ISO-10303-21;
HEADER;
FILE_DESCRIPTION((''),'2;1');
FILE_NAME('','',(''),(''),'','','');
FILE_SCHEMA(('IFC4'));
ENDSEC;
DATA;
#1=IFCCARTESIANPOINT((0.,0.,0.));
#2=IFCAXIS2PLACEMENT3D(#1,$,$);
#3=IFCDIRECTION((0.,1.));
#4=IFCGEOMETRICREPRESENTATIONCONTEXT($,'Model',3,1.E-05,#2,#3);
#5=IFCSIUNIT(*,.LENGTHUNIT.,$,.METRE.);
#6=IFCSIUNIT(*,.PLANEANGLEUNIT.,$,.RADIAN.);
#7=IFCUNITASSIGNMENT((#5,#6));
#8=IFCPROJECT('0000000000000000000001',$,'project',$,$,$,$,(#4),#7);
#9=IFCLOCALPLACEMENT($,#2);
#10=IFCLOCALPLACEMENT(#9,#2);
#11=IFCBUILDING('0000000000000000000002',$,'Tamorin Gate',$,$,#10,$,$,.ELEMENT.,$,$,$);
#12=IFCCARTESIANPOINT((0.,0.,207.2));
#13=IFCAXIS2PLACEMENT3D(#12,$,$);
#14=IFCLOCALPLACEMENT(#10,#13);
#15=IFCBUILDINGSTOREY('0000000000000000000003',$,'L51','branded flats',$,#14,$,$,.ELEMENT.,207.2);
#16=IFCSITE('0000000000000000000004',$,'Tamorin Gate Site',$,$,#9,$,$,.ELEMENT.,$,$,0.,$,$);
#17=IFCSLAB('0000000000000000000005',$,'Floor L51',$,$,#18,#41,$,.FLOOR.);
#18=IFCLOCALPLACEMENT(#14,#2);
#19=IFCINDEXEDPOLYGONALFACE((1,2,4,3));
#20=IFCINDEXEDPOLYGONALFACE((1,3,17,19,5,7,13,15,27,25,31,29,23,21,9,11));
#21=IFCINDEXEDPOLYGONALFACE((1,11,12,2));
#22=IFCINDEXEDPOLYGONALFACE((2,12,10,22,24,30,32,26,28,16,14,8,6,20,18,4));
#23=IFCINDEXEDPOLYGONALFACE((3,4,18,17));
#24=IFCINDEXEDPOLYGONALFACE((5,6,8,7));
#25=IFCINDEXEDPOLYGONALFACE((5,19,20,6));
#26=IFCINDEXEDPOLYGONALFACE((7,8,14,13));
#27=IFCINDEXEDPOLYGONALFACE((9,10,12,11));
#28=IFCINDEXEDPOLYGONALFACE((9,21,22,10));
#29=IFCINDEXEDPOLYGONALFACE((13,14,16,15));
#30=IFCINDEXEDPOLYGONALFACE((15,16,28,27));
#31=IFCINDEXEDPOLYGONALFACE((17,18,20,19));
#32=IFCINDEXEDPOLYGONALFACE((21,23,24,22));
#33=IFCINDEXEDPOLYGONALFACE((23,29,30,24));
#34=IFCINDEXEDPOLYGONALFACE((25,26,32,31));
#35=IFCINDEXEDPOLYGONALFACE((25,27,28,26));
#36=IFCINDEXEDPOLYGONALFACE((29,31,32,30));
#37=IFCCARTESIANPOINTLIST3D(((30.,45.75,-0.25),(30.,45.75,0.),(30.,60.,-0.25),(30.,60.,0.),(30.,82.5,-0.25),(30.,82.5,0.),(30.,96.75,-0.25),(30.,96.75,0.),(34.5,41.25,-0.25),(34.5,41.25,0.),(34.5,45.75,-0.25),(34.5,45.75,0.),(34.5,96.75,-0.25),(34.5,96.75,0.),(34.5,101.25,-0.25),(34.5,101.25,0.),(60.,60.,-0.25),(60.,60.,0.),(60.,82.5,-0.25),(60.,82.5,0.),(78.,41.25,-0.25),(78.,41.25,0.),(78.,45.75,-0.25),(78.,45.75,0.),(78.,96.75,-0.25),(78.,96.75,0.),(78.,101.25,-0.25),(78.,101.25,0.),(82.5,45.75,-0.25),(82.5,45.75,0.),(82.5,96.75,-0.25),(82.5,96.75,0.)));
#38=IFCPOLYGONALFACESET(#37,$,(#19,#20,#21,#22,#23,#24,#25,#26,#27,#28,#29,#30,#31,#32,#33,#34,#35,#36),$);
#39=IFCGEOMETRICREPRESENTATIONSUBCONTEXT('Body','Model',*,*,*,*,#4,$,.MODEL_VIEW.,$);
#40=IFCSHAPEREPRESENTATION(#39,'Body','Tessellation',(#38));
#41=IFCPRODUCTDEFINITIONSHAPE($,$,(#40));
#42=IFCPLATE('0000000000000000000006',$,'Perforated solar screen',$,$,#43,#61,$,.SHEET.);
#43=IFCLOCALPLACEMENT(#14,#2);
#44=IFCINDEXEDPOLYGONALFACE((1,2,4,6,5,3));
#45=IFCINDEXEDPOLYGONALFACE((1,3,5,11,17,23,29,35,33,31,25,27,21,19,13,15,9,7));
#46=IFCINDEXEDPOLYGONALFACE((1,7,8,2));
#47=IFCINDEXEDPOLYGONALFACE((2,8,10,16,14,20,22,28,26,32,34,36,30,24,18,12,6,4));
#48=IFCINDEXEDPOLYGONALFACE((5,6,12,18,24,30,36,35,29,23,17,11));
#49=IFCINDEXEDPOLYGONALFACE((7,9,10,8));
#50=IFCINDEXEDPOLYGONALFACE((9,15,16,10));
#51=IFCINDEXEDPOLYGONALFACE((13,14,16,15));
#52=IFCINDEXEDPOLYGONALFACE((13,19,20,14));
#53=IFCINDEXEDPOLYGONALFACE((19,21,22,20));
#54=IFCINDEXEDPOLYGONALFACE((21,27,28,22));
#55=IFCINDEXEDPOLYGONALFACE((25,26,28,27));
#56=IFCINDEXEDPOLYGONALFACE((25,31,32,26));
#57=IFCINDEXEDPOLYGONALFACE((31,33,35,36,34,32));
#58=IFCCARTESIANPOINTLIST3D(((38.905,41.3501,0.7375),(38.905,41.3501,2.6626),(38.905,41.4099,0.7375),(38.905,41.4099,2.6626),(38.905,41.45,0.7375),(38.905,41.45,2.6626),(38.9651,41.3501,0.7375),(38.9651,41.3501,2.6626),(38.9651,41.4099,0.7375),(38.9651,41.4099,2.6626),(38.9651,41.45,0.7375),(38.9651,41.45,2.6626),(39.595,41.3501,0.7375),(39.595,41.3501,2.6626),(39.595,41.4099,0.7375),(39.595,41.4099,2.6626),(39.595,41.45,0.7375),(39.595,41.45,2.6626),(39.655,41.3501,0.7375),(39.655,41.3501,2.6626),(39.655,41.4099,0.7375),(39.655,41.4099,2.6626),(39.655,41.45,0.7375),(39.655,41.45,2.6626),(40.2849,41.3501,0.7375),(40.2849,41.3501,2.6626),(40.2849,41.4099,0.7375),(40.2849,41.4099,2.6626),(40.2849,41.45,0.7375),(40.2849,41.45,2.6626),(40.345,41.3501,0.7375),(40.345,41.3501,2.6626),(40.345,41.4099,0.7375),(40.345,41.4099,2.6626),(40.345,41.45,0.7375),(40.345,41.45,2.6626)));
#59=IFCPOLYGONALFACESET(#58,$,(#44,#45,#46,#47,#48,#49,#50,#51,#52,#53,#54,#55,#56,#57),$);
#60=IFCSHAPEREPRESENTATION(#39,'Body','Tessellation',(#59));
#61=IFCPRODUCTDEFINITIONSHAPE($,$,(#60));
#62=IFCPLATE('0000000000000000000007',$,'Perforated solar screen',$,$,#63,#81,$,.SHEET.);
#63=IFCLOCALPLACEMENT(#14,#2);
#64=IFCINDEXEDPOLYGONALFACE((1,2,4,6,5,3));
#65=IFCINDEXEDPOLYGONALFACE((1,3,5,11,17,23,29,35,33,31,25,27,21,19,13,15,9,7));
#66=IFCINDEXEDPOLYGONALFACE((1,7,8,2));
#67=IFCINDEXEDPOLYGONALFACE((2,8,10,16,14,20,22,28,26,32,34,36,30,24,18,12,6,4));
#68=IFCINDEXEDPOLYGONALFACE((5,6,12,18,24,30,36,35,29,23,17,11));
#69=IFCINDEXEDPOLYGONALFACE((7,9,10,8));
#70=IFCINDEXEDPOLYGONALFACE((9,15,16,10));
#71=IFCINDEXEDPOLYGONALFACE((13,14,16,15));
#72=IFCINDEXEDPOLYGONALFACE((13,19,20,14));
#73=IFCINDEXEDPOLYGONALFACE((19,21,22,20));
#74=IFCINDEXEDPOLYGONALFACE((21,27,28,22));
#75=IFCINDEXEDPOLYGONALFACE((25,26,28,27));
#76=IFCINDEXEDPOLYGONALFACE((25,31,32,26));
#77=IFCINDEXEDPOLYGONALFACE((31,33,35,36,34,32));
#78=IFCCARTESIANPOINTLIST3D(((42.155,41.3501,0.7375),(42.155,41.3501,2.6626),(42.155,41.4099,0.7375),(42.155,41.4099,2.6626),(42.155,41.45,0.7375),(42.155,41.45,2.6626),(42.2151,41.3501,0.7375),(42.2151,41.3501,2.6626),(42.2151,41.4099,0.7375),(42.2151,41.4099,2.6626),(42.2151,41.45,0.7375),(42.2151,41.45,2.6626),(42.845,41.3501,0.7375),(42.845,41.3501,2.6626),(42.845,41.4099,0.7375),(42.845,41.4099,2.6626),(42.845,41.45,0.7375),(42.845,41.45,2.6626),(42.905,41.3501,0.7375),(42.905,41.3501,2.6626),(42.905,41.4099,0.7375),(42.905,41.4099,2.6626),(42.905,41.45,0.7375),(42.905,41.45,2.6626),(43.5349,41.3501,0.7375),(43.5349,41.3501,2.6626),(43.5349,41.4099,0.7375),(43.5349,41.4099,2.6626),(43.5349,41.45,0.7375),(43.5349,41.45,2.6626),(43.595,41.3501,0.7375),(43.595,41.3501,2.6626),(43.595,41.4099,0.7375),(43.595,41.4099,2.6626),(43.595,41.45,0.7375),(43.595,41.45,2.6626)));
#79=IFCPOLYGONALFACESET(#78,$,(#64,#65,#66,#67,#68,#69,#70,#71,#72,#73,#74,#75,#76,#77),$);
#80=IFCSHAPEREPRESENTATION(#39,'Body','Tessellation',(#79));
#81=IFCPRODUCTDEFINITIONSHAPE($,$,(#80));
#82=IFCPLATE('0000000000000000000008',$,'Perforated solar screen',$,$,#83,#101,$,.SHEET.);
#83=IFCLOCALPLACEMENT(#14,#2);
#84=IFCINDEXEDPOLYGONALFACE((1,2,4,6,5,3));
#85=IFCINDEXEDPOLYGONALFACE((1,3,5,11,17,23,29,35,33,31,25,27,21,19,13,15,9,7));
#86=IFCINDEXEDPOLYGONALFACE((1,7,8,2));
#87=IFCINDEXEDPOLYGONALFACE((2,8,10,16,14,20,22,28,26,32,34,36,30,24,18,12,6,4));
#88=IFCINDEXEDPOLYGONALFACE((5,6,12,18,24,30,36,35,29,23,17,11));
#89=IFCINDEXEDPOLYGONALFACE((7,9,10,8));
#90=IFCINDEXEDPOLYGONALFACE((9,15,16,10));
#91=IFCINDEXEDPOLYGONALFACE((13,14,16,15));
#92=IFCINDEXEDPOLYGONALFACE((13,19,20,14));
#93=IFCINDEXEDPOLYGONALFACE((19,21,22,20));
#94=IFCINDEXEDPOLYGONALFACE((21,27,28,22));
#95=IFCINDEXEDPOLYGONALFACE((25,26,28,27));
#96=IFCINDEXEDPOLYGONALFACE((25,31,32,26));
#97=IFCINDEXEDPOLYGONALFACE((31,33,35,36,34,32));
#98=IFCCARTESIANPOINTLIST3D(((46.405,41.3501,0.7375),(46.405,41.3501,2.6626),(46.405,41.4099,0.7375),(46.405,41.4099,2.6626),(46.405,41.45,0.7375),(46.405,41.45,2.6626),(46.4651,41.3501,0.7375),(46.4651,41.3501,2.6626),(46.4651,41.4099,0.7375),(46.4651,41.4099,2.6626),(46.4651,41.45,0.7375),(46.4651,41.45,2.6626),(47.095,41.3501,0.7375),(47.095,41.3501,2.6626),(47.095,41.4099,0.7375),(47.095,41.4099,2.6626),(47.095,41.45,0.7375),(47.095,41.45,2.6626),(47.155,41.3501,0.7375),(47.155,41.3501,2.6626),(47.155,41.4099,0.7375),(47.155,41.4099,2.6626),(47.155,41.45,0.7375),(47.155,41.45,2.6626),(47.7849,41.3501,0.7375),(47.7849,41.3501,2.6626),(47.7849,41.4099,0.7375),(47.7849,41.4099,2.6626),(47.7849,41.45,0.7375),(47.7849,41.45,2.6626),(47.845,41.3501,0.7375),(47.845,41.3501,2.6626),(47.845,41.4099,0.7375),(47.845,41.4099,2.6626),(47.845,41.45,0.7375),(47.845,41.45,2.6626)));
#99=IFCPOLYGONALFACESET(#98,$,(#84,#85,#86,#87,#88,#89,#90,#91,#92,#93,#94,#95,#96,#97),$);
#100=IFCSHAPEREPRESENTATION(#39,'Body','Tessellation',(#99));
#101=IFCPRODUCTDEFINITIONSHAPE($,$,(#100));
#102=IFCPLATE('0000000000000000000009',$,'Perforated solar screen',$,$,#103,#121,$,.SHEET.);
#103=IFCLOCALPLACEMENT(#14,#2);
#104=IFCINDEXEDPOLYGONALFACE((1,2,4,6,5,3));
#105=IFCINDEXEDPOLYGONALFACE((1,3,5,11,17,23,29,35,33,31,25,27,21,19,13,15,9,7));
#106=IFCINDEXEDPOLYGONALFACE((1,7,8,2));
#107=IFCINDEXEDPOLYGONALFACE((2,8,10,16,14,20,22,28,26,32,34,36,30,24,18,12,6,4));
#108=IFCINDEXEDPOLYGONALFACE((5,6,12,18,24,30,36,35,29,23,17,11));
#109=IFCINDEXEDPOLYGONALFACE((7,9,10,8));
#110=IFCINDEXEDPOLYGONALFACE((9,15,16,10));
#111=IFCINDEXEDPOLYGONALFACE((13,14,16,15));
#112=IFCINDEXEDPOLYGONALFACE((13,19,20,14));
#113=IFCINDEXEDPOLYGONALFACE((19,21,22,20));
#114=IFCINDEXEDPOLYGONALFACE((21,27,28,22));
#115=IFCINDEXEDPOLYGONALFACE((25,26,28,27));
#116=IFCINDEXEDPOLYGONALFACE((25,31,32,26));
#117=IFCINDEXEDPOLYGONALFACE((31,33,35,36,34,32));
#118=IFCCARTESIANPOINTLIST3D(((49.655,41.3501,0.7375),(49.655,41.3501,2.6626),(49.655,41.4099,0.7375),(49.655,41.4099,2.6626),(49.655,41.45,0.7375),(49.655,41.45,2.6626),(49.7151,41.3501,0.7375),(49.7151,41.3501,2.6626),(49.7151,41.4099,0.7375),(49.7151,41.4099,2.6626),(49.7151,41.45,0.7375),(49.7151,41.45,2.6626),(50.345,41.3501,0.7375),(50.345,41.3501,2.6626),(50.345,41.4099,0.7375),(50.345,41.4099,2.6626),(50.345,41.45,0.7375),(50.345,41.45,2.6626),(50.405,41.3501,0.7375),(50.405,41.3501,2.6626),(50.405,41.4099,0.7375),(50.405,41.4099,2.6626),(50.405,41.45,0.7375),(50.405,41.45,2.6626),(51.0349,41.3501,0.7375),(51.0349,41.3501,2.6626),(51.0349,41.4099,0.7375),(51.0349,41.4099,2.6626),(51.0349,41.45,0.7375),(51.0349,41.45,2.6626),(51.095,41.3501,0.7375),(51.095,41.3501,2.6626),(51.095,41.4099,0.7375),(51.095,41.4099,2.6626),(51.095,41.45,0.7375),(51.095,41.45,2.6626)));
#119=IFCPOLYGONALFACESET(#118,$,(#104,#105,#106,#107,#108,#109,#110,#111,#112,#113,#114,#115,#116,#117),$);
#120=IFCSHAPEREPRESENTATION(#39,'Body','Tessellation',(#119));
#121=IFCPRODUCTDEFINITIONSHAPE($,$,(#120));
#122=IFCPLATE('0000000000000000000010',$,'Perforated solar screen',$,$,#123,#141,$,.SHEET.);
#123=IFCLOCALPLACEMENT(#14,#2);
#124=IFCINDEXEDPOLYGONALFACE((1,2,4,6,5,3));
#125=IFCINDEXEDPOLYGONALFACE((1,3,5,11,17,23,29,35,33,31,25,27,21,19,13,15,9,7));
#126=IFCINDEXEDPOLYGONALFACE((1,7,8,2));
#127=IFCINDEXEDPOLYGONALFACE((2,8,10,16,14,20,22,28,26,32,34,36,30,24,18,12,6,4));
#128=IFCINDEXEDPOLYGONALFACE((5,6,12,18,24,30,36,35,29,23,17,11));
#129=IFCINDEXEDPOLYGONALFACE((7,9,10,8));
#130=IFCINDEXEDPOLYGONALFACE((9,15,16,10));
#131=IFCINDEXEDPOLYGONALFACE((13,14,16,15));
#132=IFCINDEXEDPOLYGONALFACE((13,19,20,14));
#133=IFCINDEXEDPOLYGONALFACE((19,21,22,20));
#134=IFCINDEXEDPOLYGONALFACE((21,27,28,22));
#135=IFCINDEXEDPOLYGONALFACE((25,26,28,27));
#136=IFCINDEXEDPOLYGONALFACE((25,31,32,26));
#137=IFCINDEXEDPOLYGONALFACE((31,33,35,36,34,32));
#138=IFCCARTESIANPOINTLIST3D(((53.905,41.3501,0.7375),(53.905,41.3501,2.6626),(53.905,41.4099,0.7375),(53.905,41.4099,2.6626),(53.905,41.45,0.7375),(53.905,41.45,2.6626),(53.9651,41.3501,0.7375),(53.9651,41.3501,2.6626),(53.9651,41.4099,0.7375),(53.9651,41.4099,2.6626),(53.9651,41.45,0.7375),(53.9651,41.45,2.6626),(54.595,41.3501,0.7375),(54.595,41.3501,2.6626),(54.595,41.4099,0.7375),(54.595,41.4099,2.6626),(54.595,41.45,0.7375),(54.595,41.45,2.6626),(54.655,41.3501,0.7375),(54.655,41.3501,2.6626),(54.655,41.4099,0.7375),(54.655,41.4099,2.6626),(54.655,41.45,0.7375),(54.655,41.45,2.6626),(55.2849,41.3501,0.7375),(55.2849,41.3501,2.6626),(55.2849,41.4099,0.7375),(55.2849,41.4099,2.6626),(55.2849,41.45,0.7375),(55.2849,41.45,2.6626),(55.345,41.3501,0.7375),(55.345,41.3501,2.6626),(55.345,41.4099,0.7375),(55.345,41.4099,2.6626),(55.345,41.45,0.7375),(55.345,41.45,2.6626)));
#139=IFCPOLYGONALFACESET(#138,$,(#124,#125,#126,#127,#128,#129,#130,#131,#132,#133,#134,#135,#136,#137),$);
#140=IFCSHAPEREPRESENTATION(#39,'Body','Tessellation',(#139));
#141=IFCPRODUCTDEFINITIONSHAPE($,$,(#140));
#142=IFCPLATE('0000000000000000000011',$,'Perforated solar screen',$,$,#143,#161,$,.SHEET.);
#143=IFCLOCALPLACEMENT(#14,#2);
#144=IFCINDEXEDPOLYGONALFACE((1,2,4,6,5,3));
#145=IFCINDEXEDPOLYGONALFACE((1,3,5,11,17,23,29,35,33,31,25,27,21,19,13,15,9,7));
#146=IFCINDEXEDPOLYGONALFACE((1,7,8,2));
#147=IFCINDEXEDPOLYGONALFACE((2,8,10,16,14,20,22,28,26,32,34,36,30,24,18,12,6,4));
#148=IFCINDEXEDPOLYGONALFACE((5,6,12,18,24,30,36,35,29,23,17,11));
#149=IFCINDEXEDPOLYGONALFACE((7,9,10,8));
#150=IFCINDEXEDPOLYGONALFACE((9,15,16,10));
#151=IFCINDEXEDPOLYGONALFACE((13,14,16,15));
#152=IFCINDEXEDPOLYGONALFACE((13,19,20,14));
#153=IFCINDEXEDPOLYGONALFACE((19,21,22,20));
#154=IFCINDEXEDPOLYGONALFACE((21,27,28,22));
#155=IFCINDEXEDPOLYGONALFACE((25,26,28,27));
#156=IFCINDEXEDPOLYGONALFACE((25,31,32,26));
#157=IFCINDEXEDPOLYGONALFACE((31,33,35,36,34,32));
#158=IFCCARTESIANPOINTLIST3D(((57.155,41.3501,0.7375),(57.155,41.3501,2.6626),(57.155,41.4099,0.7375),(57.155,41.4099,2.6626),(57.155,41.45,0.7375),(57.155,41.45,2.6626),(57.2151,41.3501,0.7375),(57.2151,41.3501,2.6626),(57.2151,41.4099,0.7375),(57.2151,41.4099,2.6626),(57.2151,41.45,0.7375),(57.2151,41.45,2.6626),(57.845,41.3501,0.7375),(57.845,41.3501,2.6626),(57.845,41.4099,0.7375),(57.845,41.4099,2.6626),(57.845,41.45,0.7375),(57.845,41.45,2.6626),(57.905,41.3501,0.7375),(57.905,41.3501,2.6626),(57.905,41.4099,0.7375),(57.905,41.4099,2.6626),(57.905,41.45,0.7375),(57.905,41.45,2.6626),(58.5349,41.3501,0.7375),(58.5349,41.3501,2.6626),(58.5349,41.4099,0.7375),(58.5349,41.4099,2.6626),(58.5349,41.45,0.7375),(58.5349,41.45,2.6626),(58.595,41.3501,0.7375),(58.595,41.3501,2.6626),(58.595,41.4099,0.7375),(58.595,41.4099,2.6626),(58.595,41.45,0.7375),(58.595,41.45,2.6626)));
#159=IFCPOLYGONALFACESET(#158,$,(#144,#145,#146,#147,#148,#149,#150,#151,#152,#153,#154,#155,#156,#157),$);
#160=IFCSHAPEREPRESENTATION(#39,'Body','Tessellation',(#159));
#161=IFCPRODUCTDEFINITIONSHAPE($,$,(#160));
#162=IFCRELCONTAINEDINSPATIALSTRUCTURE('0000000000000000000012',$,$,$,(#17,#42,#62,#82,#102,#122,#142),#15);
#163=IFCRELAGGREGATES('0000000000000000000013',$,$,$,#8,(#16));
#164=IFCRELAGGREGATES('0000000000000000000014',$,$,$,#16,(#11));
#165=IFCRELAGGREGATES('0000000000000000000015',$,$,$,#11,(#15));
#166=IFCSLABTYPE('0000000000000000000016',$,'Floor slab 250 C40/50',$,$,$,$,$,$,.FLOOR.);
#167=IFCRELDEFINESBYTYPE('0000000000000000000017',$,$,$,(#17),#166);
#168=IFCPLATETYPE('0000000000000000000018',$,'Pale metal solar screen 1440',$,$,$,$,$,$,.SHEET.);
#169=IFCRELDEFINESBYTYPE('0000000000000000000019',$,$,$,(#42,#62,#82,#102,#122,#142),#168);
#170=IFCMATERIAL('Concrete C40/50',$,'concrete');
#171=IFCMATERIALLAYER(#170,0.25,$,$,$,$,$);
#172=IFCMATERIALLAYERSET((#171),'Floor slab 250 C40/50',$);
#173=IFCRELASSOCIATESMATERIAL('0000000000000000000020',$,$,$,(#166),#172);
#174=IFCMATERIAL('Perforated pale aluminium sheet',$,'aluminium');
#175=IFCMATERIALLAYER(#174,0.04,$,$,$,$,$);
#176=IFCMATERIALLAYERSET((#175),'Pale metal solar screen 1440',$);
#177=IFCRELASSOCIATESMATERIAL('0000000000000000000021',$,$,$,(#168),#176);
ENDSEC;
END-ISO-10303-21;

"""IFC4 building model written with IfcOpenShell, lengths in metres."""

from ifc_helpers import new_model, si_unit, direction, frame, origin, place, context, subcontext, project, spatial, polyline, outline, extrude, material, layer, layer_set, type_object, element, save


model = new_model("IFC4")

# Units and contexts
model_context = context("Model", 3, precision=1e-05, world=origin(), true_north=direction((0.0, 1.0)))
body_context = subcontext(model_context, "Body", "Model", "MODEL_VIEW")
ifc_project = project(units=[si_unit("LENGTHUNIT", "METRE"), si_unit("PLANEANGLEUNIT", "RADIAN")], contexts=[model_context])

# Site, building, storey
site_placement = place(None, origin())
site = spatial("IfcSite", under=ifc_project, at=site_placement, Name="Tamorin Gate Site", CompositionType="ELEMENT", RefElevation=0.0)
building_placement = place(site_placement, origin())
building = spatial("IfcBuilding", under=site, at=building_placement, Name="Tamorin Gate", CompositionType="ELEMENT")
storey_placement = place(building_placement, frame((0.0, 0.0, 207.2)))
storey = spatial("IfcBuildingStorey", under=building, at=storey_placement, Name="L51", Description="branded flats", CompositionType="ELEMENT", Elevation=207.2)

# Slab
ifc_material_1 = material(Name="Concrete C40/50", Category="concrete")
ifc_layer_1 = layer(ifc_material_1, 0.25)
ifc_layer_set_1 = layer_set([ifc_layer_1], Name="Floor slab 250 C40/50")
slab_type = type_object("IfcSlabType", Name="Floor slab 250 C40/50", PredefinedType="FLOOR", material=ifc_layer_set_1)
slab_placement = place(storey_placement, frame((0.0, 0.0, -0.25)))
element("IfcSlab", 1, at=slab_placement, inside=storey, type_object=slab_type, Name="Floor L51", PredefinedType="FLOOR", context=body_context, shape_type="SweptSolid", body=[
    extrude(outline(polyline([(30.0, 96.75), (34.5, 96.75), (34.5, 101.25), (78.0, 101.25), (78.0, 96.75), (82.5, 96.75), (82.5, 45.75), (78.0, 45.75), (78.0, 41.25), (34.5, 41.25), (34.5, 45.75), (30.0, 45.75), (30.0, 60.0), (60.0, 60.0), (60.0, 82.5), (30.0, 82.5), (30.0, 96.75)])), origin(), (0.0, 0.0, 1.0), 0.25),
])

# Plates
ifc_material_2 = material(Name="Perforated pale aluminium sheet", Category="aluminium")
ifc_layer_2 = layer(ifc_material_2, 0.04)
ifc_layer_set_2 = layer_set([ifc_layer_2], Name="Pale metal solar screen 1440")
plate_type_1 = type_object("IfcPlateType", Name="Pale metal solar screen 1440", PredefinedType="SHEET", material=ifc_layer_set_2)
plate_1_placement = place(storey_placement, frame((0.0, 0.0, 0.7375)))
element("IfcPlate", 2, at=plate_1_placement, inside=storey, type_object=plate_type_1, Name="Perforated solar screen", PredefinedType="SHEET", context=body_context, shape_type="SweptSolid", body=[
    extrude(outline(polyline([(38.905, 41.4099), (38.905, 41.45), (38.9651, 41.45), (39.595, 41.45), (39.655, 41.45), (40.2849, 41.45), (40.345, 41.45), (40.345, 41.45), (40.345, 41.4099), (40.345, 41.4099), (40.345, 41.3501), (40.2849, 41.3501), (40.2849, 41.4099), (39.655, 41.4099), (39.655, 41.3501), (39.595, 41.3501), (39.595, 41.4099), (38.9651, 41.4099), (38.9651, 41.3501), (38.905, 41.3501), (38.905, 41.4099)])), origin(), (0.0, 0.0, 1.0), 1.925),
])
plate_2_placement = place(storey_placement, frame((0.0, 0.0, 0.7375)))
element("IfcPlate", 3, at=plate_2_placement, inside=storey, type_object=plate_type_1, Name="Perforated solar screen", PredefinedType="SHEET", context=body_context, shape_type="SweptSolid", body=[
    extrude(outline(polyline([(42.155, 41.4099), (42.155, 41.45), (42.2151, 41.45), (42.845, 41.45), (42.905, 41.45), (43.5349, 41.45), (43.595, 41.45), (43.595, 41.4099), (43.595, 41.3501), (43.5349, 41.3501), (43.5349, 41.4099), (42.905, 41.4099), (42.905, 41.3501), (42.845, 41.3501), (42.845, 41.4099), (42.2151, 41.4099), (42.2151, 41.3501), (42.155, 41.3501), (42.155, 41.4099)])), origin(), (0.0, 0.0, 1.0), 1.925),
])
plate_3_placement = place(storey_placement, frame((0.0, 0.0, 0.7375)))
element("IfcPlate", 4, at=plate_3_placement, inside=storey, type_object=plate_type_1, Name="Perforated solar screen", PredefinedType="SHEET", context=body_context, shape_type="SweptSolid", body=[
    extrude(outline(polyline([(46.405, 41.4099), (46.405, 41.45), (46.4651, 41.45), (47.095, 41.45), (47.155, 41.45), (47.7849, 41.45), (47.845, 41.45), (47.845, 41.4099), (47.845, 41.3501), (47.7849, 41.3501), (47.7849, 41.4099), (47.155, 41.4099), (47.155, 41.3501), (47.095, 41.3501), (47.095, 41.4099), (46.4651, 41.4099), (46.4651, 41.3501), (46.405, 41.3501), (46.405, 41.4099)])), origin(), (0.0, 0.0, 1.0), 1.925),
])
plate_4_placement = place(storey_placement, frame((0.0, 0.0, 0.7375)))
element("IfcPlate", 5, at=plate_4_placement, inside=storey, type_object=plate_type_1, Name="Perforated solar screen", PredefinedType="SHEET", context=body_context, shape_type="SweptSolid", body=[
    extrude(outline(polyline([(49.655, 41.4099), (49.655, 41.45), (49.7151, 41.45), (50.345, 41.45), (50.405, 41.45), (51.0349, 41.45), (51.095, 41.45), (51.095, 41.4099), (51.095, 41.3501), (51.0349, 41.3501), (51.0349, 41.4099), (50.405, 41.4099), (50.405, 41.3501), (50.345, 41.3501), (50.345, 41.4099), (49.7151, 41.4099), (49.7151, 41.3501), (49.655, 41.3501), (49.655, 41.4099)])), origin(), (0.0, 0.0, 1.0), 1.925),
])
plate_5_placement = place(storey_placement, frame((0.0, 0.0, 0.7375)))
element("IfcPlate", 6, at=plate_5_placement, inside=storey, type_object=plate_type_1, Name="Perforated solar screen", PredefinedType="SHEET", context=body_context, shape_type="SweptSolid", body=[
    extrude(outline(polyline([(53.905, 41.4099), (53.905, 41.45), (53.9651, 41.45), (54.595, 41.45), (54.655, 41.45), (55.2849, 41.45), (55.345, 41.45), (55.345, 41.4099), (55.345, 41.3501), (55.2849, 41.3501), (55.2849, 41.4099), (54.655, 41.4099), (54.655, 41.3501), (54.595, 41.3501), (54.595, 41.4099), (53.9651, 41.4099), (53.9651, 41.3501), (53.905, 41.3501), (53.905, 41.4099)])), origin(), (0.0, 0.0, 1.0), 1.925),
])
plate_6_placement = place(storey_placement, frame((0.0, 0.0, 0.7375)))
element("IfcPlate", 7, at=plate_6_placement, inside=storey, type_object=plate_type_1, Name="Perforated solar screen", PredefinedType="SHEET", context=body_context, shape_type="SweptSolid", body=[
    extrude(outline(polyline([(57.155, 41.4099), (57.155, 41.45), (57.2151, 41.45), (57.845, 41.45), (57.905, 41.45), (58.5349, 41.45), (58.595, 41.45), (58.595, 41.4099), (58.595, 41.3501), (58.5349, 41.3501), (58.5349, 41.4099), (57.905, 41.4099), (57.905, 41.3501), (57.845, 41.3501), (57.845, 41.4099), (57.2151, 41.4099), (57.2151, 41.3501), (57.155, 41.3501), (57.155, 41.4099)])), origin(), (0.0, 0.0, 1.0), 1.925),
])

save(model, "model.ifc")
